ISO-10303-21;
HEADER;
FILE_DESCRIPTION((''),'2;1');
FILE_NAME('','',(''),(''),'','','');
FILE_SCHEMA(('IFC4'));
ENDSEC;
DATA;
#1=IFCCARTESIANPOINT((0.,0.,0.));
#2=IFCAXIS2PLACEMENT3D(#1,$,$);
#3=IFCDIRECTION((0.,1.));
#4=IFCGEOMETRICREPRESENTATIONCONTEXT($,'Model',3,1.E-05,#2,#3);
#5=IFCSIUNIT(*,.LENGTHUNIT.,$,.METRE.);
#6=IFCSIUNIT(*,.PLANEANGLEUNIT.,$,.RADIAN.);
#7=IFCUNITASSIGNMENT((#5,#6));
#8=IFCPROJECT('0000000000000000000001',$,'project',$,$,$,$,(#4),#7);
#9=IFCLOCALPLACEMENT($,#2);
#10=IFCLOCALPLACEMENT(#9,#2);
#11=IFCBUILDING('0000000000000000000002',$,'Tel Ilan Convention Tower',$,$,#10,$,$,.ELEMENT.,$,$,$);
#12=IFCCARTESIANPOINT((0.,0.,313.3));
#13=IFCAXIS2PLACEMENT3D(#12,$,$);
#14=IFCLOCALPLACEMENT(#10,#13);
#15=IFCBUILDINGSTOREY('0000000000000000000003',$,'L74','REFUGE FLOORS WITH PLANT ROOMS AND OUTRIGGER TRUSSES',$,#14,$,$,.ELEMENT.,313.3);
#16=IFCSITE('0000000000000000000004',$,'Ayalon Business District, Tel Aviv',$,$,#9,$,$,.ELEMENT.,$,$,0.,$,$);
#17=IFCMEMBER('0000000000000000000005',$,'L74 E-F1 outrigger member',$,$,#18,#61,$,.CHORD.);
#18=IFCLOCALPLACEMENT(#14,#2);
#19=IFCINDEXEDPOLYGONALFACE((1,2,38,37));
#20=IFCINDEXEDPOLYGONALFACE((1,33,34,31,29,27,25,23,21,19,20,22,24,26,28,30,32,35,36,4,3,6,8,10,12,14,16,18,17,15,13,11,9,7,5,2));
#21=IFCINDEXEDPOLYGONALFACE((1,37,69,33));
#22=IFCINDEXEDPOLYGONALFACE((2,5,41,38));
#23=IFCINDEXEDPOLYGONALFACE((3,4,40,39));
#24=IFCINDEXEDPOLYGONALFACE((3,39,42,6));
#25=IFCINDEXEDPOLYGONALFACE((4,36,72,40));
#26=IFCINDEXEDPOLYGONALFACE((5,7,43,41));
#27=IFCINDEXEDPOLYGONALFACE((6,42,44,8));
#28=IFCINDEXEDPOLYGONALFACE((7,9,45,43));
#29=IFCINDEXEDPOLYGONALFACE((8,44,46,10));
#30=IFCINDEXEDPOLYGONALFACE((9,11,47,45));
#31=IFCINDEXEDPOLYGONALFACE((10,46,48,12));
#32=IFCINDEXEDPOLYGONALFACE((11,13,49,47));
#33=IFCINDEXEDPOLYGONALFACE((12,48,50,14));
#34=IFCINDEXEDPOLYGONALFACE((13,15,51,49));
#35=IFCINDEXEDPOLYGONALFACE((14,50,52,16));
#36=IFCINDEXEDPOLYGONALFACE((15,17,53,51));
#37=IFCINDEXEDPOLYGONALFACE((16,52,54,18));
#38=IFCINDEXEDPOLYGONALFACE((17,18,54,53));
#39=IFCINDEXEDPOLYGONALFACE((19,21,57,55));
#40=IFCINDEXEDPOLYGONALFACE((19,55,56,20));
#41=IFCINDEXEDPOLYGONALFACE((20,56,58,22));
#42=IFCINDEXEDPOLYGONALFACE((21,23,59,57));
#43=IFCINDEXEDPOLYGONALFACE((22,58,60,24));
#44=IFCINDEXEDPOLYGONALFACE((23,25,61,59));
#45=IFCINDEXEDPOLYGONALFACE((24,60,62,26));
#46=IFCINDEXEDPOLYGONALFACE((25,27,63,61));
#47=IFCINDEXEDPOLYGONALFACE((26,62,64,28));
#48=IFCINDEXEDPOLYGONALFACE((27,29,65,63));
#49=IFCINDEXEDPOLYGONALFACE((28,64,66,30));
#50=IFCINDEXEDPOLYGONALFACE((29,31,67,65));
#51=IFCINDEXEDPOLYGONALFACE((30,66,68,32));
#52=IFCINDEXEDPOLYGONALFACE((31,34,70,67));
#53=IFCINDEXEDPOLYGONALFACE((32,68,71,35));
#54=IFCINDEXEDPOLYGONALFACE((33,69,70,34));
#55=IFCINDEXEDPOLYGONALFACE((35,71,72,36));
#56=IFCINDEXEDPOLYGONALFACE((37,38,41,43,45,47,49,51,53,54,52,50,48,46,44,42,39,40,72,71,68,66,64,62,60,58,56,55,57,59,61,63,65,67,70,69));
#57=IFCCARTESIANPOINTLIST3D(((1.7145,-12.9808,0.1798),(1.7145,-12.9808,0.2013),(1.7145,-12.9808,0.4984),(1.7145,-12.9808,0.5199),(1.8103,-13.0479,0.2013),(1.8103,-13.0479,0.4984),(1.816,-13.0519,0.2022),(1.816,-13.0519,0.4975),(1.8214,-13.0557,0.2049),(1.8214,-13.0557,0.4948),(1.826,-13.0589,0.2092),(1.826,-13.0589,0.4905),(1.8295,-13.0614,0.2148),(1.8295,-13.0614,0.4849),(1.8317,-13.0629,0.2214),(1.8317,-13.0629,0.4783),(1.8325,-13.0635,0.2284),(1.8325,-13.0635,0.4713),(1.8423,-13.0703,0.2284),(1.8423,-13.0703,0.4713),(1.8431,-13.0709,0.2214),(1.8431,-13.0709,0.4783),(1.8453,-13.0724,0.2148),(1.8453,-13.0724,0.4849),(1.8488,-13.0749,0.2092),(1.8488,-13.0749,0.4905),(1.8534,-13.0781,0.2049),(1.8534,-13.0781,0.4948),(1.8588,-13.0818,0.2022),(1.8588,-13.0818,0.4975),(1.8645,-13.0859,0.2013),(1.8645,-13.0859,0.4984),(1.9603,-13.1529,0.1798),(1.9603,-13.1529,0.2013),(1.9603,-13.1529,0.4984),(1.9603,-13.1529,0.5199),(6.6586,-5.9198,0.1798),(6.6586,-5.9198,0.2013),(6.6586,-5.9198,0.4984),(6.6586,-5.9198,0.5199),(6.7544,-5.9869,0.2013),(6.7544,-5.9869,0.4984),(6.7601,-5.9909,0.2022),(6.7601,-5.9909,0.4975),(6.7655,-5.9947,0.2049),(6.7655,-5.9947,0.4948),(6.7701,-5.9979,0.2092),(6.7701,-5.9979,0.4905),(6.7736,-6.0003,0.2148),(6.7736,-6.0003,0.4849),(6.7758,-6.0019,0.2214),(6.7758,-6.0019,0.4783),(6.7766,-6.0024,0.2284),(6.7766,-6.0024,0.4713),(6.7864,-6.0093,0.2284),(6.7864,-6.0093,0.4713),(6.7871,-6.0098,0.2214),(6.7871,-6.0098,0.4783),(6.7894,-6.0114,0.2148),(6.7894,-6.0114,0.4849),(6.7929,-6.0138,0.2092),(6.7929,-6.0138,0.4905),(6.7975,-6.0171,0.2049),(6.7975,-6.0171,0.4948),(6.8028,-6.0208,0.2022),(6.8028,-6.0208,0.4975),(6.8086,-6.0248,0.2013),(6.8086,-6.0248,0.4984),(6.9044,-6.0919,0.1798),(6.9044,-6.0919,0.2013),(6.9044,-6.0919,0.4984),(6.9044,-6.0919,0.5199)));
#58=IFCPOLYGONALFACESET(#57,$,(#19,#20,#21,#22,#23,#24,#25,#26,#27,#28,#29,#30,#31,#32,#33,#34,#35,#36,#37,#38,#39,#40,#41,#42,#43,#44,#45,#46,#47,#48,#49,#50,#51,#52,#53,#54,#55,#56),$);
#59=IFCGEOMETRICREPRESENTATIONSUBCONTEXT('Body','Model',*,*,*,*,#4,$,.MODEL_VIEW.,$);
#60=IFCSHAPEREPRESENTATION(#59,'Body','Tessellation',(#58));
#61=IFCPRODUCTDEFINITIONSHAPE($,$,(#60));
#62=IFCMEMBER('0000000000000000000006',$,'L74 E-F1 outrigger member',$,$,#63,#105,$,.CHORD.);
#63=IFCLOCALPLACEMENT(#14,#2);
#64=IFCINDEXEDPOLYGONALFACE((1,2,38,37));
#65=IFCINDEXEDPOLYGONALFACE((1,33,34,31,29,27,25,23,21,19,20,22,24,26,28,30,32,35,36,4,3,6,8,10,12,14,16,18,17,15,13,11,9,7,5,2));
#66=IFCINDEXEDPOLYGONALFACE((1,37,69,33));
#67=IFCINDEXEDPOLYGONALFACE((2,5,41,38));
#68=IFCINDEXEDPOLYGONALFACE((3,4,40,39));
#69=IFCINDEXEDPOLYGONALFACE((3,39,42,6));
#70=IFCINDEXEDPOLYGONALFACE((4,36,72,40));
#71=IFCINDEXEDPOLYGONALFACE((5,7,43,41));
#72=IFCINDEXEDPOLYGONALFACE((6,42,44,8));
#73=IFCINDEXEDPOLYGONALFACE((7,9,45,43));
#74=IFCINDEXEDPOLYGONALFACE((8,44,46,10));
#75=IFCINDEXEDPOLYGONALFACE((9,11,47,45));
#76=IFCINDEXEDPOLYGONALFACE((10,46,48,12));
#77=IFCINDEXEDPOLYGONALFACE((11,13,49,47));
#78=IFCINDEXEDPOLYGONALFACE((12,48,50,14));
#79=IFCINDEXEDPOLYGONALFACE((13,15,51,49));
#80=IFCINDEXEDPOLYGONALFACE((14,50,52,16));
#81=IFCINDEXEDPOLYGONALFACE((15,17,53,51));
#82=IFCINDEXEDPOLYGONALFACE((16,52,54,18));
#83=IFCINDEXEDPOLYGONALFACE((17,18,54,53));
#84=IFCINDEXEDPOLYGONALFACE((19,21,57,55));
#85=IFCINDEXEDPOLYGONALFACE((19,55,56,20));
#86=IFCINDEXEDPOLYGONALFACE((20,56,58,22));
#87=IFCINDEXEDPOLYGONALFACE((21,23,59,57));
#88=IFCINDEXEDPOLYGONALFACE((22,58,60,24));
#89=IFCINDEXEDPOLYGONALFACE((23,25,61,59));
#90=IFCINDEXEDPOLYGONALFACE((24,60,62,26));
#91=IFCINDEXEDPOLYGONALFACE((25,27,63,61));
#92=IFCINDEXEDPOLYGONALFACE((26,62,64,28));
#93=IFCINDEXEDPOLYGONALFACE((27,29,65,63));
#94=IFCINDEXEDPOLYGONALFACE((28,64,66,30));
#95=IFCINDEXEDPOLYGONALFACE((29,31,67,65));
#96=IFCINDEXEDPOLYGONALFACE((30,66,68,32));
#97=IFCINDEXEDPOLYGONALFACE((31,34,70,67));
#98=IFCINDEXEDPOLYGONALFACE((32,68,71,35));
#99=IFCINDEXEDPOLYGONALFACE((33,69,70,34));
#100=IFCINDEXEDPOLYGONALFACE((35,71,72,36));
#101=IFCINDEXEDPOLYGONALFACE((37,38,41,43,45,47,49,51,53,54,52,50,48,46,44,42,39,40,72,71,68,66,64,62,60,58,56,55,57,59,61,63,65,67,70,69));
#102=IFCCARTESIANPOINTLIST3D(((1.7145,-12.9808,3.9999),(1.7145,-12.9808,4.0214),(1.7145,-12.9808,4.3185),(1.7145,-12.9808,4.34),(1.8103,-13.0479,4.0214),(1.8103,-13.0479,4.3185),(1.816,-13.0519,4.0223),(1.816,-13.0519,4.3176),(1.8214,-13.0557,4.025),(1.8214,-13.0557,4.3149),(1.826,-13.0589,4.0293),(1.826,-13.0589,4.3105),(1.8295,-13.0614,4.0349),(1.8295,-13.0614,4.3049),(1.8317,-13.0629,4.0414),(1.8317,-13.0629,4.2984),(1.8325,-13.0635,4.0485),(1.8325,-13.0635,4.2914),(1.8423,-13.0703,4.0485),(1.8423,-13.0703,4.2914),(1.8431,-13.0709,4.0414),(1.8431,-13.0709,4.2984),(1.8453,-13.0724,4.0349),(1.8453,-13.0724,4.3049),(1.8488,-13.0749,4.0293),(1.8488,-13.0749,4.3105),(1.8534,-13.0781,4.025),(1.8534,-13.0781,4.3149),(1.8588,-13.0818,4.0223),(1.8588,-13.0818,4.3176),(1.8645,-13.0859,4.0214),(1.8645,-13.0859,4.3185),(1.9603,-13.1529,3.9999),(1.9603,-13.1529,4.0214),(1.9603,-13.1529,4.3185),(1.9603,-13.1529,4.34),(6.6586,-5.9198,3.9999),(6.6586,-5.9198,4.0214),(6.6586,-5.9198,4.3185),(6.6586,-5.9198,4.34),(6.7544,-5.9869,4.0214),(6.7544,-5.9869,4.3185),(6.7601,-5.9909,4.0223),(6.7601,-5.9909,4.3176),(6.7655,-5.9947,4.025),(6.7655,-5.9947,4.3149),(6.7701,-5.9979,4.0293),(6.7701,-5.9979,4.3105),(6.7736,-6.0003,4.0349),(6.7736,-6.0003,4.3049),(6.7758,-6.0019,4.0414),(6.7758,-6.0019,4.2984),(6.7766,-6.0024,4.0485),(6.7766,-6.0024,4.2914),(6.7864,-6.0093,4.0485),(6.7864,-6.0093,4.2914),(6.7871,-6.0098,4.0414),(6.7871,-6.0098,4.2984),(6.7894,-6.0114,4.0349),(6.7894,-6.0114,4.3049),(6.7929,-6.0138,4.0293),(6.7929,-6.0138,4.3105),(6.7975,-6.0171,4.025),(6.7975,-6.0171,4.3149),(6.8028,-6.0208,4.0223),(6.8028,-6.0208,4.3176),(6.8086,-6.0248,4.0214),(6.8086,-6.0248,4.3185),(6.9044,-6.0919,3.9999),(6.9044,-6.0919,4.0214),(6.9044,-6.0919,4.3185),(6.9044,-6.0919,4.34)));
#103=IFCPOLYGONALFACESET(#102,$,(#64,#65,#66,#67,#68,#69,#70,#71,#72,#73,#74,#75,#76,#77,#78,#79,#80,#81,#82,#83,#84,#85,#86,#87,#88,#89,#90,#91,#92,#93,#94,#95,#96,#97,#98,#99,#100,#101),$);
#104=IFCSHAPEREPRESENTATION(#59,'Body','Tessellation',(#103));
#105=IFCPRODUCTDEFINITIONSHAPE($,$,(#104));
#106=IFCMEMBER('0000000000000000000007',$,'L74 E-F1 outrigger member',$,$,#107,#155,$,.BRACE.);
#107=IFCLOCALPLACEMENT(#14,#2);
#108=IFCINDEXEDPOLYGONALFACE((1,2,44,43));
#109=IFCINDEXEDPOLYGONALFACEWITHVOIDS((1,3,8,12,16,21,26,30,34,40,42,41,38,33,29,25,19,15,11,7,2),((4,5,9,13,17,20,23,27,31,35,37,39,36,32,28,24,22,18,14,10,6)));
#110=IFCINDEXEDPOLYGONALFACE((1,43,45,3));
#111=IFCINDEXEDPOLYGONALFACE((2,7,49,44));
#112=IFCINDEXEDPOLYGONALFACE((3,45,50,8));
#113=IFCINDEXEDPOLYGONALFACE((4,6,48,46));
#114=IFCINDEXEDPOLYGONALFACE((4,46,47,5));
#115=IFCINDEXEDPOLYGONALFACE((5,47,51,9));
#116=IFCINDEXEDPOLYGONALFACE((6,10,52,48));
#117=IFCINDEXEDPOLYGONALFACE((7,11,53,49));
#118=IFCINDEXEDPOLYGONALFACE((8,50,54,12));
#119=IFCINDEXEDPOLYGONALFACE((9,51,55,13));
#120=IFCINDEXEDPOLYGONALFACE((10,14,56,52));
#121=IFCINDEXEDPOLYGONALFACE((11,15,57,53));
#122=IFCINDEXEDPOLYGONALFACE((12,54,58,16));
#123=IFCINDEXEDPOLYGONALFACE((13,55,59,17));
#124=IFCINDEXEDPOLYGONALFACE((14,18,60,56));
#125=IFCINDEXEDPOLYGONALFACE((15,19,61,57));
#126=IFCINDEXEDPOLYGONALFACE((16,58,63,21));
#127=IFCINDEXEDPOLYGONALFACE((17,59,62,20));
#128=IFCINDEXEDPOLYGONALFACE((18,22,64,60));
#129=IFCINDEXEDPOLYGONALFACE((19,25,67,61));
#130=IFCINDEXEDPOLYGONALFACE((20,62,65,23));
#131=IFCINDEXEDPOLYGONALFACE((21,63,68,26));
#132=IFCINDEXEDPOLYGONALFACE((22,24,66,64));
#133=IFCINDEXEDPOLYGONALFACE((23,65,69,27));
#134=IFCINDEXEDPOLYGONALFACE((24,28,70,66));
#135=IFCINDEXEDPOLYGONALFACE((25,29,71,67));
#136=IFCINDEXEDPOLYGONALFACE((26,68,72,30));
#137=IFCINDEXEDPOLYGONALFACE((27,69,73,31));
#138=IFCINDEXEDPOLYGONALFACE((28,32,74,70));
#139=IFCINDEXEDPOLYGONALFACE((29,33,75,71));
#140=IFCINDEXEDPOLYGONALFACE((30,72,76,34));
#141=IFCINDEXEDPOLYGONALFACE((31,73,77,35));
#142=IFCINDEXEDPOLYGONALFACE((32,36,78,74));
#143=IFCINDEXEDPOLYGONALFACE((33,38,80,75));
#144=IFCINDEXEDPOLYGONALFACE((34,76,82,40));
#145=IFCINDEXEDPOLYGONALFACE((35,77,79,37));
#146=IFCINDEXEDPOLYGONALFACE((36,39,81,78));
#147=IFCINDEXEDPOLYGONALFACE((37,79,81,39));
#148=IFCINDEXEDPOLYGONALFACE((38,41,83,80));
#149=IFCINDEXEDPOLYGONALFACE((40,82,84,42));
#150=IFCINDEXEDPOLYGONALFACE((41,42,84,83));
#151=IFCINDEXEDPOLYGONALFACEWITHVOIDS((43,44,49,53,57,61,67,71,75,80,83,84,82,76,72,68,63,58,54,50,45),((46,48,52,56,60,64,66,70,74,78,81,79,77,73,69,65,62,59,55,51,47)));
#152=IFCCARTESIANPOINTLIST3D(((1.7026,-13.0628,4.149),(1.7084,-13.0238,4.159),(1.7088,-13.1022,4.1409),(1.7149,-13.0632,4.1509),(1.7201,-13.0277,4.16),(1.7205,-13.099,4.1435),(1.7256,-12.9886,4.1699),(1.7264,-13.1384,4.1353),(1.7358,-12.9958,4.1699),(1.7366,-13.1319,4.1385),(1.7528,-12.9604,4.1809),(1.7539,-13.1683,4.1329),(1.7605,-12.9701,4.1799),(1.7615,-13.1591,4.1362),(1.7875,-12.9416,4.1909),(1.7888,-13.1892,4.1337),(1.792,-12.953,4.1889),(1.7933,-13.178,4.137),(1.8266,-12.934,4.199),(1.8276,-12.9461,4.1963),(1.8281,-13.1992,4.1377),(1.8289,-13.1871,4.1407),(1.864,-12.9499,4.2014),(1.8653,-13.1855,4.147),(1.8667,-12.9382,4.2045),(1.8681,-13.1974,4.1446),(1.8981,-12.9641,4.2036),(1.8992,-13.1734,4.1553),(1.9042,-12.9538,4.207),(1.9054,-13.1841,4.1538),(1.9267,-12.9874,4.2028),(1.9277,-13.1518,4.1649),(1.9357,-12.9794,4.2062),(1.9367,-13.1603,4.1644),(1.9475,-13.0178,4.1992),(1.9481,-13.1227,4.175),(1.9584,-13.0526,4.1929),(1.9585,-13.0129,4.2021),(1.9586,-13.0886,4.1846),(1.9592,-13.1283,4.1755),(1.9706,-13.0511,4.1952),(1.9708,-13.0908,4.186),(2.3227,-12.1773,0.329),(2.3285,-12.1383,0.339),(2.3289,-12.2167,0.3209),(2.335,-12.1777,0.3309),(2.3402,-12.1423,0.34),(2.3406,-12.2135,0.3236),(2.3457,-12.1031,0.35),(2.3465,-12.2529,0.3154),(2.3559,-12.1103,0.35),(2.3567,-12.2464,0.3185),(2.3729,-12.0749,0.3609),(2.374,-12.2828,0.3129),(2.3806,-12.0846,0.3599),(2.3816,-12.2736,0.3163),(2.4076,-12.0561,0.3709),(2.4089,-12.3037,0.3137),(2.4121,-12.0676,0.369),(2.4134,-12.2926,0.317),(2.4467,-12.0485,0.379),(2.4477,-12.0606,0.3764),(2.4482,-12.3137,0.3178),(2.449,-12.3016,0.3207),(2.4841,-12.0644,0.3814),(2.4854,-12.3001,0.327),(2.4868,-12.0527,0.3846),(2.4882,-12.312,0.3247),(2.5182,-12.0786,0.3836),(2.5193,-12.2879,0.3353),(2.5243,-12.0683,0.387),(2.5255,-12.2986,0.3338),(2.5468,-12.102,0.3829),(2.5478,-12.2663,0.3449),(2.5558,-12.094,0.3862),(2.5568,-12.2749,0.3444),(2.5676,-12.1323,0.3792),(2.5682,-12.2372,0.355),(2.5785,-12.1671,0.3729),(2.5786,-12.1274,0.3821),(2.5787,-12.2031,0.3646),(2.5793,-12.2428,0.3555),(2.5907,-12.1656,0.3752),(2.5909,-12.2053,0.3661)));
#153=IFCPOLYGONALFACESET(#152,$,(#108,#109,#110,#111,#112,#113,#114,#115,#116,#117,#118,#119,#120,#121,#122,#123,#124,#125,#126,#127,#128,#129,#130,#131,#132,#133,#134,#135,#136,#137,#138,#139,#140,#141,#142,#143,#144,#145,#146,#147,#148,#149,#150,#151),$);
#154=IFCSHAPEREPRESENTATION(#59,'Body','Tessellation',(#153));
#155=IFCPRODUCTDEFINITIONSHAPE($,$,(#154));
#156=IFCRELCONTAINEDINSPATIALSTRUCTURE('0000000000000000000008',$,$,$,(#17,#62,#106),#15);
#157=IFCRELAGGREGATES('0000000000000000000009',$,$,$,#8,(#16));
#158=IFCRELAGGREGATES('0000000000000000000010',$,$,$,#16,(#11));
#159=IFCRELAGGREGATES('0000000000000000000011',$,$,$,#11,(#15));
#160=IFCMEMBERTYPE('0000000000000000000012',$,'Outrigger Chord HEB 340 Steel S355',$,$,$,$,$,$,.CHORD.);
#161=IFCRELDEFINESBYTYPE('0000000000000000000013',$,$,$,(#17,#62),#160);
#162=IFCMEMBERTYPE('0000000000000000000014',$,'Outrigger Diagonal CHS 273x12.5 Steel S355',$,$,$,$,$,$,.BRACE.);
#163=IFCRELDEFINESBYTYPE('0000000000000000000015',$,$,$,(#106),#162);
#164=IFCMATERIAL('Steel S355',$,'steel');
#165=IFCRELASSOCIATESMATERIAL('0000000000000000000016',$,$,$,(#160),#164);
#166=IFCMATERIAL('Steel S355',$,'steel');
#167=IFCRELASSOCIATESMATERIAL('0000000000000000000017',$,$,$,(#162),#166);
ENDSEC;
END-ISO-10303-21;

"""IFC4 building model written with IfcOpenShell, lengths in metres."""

from ifc_helpers import new_model, si_unit, direction, frame, origin, origin_2d, place, context, subcontext, project, spatial, hollow_circle, i_section, extrude, material, material_profile, profile_set, type_object, element, save


model = new_model("IFC4")

# Units and contexts
model_context = context("Model", 3, precision=1e-05, world=origin(), true_north=direction((0.0, 1.0)))
body_context = subcontext(model_context, "Body", "Model", "MODEL_VIEW")
ifc_project = project(units=[si_unit("LENGTHUNIT", "METRE"), si_unit("PLANEANGLEUNIT", "RADIAN")], contexts=[model_context])

# Site, building, storey
site_placement = place(None, origin())
site = spatial("IfcSite", under=ifc_project, at=site_placement, Name="Ayalon Business District, Tel Aviv", CompositionType="ELEMENT", RefElevation=0.0)
building_placement = place(site_placement, origin())
building = spatial("IfcBuilding", under=site, at=building_placement, Name="Tel Ilan Convention Tower", CompositionType="ELEMENT")
storey_placement = place(building_placement, frame((0.0, 0.0, 313.3)))
storey = spatial("IfcBuildingStorey", under=building, at=storey_placement, Name="L74", Description="REFUGE FLOORS WITH PLANT ROOMS AND OUTRIGGER TRUSSES", CompositionType="ELEMENT", Elevation=313.3)

# Members
ifc_material_1 = material(Name="Steel S355", Category="steel")
ifc_material_profile_1 = material_profile(ifc_material_1, i_section(OverallWidth=0.3, OverallDepth=0.3401, WebThickness=0.012, FlangeThickness=0.0215, FilletRadius=0.0271, at=origin_2d()), Name="HEB 340")
ifc_profile_set_1 = profile_set([ifc_material_profile_1], Name="Steel S355")
member_type_1 = type_object("IfcMemberType", Name="Outrigger Chord HEB 340 Steel S355", PredefinedType="CHORD", material=ifc_profile_set_1)
for number, where, z_axis, x_axis, name in (
    (1, (1.8374, -13.0669, 0.3499), (0.573569, 0.819157, 0.0), (-0.819157, 0.573569, 0.0), "L74 E-F1 outrigger member"),
    (2, (1.8374, -13.0669, 4.1699), (0.573569, 0.819157, 0.0), (-0.819157, 0.573569, 0.0), "L74 E-F1 outrigger member"),
):
    element("IfcMember", number, at=place(storey_placement, frame(where, z_axis=z_axis, x_axis=x_axis)), inside=storey, type_object=member_type_1, Name=name, PredefinedType="CHORD", context=body_context, shape_type="SweptSolid", body=[
        extrude(i_section(OverallWidth=0.3, OverallDepth=0.3401, WebThickness=0.012, FlangeThickness=0.0215, FilletRadius=0.0271, at=origin_2d()), origin(), (0.0, 0.0, 1.0), 8.6199),
    ])
ifc_material_2 = material(Name="Steel S355", Category="steel")
ifc_material_profile_2 = material_profile(ifc_material_2, hollow_circle(Radius=0.1365, WallThickness=0.0125, at=origin_2d()), Name="CHS 273x12.5")
ifc_profile_set_2 = profile_set([ifc_material_profile_2], Name="Steel S355")
member_type_2 = type_object("IfcMemberType", Name="Outrigger Diagonal CHS 273x12.5 Steel S355", PredefinedType="BRACE", material=ifc_profile_set_2)
member_1_placement = place(storey_placement, frame((1.8374, -13.0669, 4.1699), z_axis=(0.156197, 0.223043, -0.962213), x_axis=(-0.819115, 0.573629, 0.0)))
element("IfcMember", 3, at=member_1_placement, inside=storey, type_object=member_type_2, Name="L74 E-F1 outrigger member", PredefinedType="BRACE", context=body_context, shape_type="SweptSolid", body=[
    extrude(hollow_circle(Radius=0.1365, WallThickness=0.0125, at=origin_2d()), origin(), (0.0, 0.0, 1.0), 3.97),
])

save(model, "model.ifc")
